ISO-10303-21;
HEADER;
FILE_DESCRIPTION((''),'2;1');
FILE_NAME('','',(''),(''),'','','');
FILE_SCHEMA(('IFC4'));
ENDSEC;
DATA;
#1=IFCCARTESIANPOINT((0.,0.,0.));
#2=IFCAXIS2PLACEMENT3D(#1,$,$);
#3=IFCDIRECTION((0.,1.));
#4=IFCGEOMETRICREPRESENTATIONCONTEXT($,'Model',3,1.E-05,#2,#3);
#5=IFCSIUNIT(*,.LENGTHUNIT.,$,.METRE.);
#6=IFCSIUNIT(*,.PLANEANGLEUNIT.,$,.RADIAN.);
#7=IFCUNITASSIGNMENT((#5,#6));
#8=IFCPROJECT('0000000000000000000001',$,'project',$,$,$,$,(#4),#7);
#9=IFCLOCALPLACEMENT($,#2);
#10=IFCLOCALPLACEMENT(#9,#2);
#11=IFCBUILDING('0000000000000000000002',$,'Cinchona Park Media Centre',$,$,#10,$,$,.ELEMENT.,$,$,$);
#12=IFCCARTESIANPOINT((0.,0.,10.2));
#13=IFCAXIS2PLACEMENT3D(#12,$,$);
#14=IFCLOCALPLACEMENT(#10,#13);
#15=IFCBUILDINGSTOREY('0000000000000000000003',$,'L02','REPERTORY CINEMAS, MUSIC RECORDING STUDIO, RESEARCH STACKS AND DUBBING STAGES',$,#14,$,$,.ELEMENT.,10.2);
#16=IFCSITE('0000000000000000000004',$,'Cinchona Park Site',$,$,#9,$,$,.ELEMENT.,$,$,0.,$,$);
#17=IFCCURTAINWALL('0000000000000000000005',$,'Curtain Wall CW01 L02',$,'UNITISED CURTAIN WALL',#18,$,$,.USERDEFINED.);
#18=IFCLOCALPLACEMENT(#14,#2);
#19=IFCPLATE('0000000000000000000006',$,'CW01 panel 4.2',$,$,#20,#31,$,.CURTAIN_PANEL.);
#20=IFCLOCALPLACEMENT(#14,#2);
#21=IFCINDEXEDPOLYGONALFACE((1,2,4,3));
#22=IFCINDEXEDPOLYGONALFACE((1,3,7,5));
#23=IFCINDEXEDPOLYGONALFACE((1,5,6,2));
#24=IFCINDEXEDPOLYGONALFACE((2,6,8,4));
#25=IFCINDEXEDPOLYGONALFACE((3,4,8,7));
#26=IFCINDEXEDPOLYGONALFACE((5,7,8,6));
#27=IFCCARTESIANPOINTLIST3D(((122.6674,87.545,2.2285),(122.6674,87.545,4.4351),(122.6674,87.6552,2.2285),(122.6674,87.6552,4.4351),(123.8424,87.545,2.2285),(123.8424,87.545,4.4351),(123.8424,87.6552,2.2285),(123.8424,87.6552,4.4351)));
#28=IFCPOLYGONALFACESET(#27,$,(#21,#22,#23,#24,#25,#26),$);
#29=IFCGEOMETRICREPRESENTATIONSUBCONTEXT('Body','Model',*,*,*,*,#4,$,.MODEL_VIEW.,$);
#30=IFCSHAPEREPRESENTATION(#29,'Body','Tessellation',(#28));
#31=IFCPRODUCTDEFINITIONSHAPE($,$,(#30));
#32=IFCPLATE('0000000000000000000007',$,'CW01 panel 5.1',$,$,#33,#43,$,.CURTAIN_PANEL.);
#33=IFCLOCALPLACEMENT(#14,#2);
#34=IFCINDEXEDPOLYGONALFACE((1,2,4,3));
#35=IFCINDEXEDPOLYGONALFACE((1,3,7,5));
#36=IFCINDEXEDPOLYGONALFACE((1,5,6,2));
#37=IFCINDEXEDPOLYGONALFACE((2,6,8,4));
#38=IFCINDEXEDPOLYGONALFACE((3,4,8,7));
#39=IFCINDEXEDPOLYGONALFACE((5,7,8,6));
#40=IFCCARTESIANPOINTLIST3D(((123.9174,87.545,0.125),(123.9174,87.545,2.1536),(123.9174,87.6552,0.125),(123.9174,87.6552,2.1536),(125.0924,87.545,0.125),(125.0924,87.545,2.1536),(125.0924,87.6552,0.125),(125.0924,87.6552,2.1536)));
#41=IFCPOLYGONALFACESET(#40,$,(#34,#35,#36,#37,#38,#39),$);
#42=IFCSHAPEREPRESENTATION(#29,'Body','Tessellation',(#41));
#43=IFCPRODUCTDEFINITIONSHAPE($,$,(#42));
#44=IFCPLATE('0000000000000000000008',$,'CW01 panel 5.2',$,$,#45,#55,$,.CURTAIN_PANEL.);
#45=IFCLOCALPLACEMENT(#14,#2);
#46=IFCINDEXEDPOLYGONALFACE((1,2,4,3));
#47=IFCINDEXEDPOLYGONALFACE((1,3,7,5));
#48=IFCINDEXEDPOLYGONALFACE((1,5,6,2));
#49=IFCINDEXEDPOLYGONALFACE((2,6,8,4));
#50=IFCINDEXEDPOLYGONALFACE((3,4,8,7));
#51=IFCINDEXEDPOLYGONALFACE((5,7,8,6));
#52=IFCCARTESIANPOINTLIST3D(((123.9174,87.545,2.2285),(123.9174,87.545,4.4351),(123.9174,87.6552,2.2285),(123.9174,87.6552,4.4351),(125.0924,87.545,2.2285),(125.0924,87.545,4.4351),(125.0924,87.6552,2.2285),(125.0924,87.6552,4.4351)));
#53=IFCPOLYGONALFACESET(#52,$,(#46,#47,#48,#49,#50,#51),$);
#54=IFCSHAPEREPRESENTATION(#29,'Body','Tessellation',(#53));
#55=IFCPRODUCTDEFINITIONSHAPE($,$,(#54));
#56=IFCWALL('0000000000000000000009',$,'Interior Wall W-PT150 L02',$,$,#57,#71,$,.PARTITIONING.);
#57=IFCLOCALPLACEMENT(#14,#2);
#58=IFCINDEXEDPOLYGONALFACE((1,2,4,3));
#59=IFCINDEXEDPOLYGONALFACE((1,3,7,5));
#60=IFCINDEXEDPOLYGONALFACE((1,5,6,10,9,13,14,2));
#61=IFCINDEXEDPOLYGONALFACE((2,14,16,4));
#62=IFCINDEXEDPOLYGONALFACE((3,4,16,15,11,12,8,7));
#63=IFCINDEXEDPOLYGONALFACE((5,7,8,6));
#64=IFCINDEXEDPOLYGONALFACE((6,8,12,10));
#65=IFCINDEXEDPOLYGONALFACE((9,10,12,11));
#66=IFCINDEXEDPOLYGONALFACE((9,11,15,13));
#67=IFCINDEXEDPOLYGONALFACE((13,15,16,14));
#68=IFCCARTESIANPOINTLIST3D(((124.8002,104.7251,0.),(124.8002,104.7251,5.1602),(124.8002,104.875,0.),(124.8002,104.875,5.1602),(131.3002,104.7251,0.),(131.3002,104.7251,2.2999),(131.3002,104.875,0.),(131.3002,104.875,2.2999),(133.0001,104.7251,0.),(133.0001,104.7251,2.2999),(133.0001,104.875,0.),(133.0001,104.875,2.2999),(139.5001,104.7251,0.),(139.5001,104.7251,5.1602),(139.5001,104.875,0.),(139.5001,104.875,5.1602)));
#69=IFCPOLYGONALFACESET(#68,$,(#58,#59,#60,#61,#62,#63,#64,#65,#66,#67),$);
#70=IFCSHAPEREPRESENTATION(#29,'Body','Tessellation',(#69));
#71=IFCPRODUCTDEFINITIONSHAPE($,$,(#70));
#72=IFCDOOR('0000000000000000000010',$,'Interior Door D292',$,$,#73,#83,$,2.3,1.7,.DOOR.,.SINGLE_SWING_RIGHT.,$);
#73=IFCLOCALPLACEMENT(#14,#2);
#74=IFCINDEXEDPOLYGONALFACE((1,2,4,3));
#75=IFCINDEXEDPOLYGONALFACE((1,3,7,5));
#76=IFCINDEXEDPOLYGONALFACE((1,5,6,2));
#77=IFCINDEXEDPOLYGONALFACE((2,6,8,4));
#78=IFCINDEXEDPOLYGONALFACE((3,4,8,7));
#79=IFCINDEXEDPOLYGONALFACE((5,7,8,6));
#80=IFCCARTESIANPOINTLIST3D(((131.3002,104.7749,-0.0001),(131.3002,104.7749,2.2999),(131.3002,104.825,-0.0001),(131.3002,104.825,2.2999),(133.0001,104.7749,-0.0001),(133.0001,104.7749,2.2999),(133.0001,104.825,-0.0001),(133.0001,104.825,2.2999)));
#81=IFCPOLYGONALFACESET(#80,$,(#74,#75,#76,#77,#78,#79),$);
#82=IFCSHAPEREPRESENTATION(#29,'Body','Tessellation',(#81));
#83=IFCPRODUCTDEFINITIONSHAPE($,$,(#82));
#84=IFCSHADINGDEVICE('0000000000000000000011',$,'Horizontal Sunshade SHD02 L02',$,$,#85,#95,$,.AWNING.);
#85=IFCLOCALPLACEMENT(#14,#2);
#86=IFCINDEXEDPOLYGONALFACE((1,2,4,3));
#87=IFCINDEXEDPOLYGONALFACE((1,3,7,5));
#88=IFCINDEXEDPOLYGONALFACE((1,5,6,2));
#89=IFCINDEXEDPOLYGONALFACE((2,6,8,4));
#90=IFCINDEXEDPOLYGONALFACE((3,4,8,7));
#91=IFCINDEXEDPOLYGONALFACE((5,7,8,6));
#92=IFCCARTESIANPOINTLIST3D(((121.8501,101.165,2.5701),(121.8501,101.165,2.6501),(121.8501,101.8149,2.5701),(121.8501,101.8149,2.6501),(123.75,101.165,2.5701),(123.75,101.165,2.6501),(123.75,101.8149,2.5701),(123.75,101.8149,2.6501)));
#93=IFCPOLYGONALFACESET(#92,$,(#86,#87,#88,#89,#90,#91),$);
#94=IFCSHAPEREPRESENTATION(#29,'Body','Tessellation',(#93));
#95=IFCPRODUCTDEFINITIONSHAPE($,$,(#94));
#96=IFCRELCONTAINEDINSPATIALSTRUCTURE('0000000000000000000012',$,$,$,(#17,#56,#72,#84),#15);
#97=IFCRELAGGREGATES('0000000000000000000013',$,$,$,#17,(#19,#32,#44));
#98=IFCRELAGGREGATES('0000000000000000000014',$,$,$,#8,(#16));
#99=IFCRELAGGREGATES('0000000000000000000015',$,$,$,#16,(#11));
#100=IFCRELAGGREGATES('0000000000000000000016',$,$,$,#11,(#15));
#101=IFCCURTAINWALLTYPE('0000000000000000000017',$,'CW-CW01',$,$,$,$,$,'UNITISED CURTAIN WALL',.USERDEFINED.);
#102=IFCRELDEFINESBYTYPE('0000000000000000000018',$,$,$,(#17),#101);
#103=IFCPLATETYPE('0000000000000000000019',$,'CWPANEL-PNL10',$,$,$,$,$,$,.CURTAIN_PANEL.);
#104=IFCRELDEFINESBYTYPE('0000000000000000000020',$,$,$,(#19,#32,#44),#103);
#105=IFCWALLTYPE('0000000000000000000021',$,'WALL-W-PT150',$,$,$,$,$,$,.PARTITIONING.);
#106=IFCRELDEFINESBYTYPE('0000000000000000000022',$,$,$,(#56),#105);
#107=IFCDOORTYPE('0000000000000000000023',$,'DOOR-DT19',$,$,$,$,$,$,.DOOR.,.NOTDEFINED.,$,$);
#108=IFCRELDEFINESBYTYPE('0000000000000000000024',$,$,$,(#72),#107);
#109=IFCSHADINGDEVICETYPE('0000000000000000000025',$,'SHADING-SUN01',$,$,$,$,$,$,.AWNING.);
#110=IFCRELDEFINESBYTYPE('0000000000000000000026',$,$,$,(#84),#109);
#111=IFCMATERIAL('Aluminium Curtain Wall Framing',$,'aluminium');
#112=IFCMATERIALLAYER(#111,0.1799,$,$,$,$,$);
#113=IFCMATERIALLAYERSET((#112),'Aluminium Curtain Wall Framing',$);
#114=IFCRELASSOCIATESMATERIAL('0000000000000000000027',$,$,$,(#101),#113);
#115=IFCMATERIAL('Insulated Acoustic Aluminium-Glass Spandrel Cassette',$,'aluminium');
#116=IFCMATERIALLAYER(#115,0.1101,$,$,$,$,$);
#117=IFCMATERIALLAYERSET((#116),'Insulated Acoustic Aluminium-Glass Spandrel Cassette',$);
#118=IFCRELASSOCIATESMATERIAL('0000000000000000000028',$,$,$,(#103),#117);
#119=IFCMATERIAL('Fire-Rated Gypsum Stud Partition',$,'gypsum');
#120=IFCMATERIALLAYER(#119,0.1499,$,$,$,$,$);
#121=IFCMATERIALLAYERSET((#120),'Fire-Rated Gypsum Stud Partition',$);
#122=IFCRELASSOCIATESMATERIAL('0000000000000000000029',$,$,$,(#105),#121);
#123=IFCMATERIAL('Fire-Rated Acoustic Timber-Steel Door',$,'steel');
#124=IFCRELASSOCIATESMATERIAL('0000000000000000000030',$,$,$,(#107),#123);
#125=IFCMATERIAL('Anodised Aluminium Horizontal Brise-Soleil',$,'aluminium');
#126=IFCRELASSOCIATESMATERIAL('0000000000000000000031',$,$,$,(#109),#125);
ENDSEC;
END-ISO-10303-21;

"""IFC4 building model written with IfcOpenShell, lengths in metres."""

from ifc_helpers import new_model, si_unit, direction, frame, frame_2d, origin, origin_2d, place, context, subcontext, project, spatial, rectangle, extrude, material, layer, layer_set, type_object, element, fill, aggregate, save


model = new_model("IFC4")

# Units and contexts
model_context = context("Model", 3, precision=1e-05, world=origin(), true_north=direction((0.0, 1.0)))
body_context = subcontext(model_context, "Body", "Model", "MODEL_VIEW")
ifc_project = project(units=[si_unit("LENGTHUNIT", "METRE"), si_unit("PLANEANGLEUNIT", "RADIAN")], contexts=[model_context])

# Site, building, storey
site_placement = place(None, origin())
site = spatial("IfcSite", under=ifc_project, at=site_placement, Name="Cinchona Park Site", CompositionType="ELEMENT", RefElevation=0.0)
building_placement = place(site_placement, origin())
building = spatial("IfcBuilding", under=site, at=building_placement, Name="Cinchona Park Media Centre", CompositionType="ELEMENT")
storey_placement = place(building_placement, frame((0.0, 0.0, 10.2)))
storey = spatial("IfcBuildingStorey", under=building, at=storey_placement, Name="L02", Description="REPERTORY CINEMAS, MUSIC RECORDING STUDIO, RESEARCH STACKS AND DUBBING STAGES", CompositionType="ELEMENT", Elevation=10.2)

# Curtain wall, plates
ifc_material_1 = material(Name="Aluminium Curtain Wall Framing", Category="aluminium")
ifc_layer_1 = layer(ifc_material_1, 0.1799)
ifc_layer_set_1 = layer_set([ifc_layer_1], Name="Aluminium Curtain Wall Framing")
curtain_wall_type = type_object("IfcCurtainWallType", Name="CW-CW01", ElementType="UNITISED CURTAIN WALL", PredefinedType="USERDEFINED", material=ifc_layer_set_1)
curtain_wall_placement = place(storey_placement, origin())
curtain_wall = element("IfcCurtainWall", 1, at=curtain_wall_placement, inside=storey, type_object=curtain_wall_type, Name="Curtain Wall CW01 L02", ObjectType="UNITISED CURTAIN WALL", PredefinedType="USERDEFINED")
ifc_material_2 = material(Name="Insulated Acoustic Aluminium-Glass Spandrel Cassette", Category="aluminium")
ifc_layer_2 = layer(ifc_material_2, 0.1101)
ifc_layer_set_2 = layer_set([ifc_layer_2], Name="Insulated Acoustic Aluminium-Glass Spandrel Cassette")
plate_type = type_object("IfcPlateType", Name="CWPANEL-PNL10", PredefinedType="CURTAIN_PANEL", material=ifc_layer_set_2)
plate_1_placement = place(storey_placement, frame((123.2549, 87.6001, 2.2285), z_axis=(0.0, 0.0, 1.0), x_axis=(1.0, 0.0, 0.0)))
plate_1 = element("IfcPlate", 2, at=plate_1_placement, type_object=plate_type, Name="CW01 panel 4.2", PredefinedType="CURTAIN_PANEL", context=body_context, shape_type="SweptSolid", body=[
    extrude(rectangle(XDim=1.175, YDim=0.1101, at=origin_2d()), origin(), (0.0, 0.0, 1.0), 2.2065),
])
plate_2_placement = place(storey_placement, frame((124.5049, 87.6001, 0.125), z_axis=(0.0, 0.0, 1.0), x_axis=(1.0, 0.0, 0.0)))
plate_2 = element("IfcPlate", 3, at=plate_2_placement, type_object=plate_type, Name="CW01 panel 5.1", PredefinedType="CURTAIN_PANEL", context=body_context, shape_type="SweptSolid", body=[
    extrude(rectangle(XDim=1.175, YDim=0.1101, at=origin_2d()), origin(), (0.0, 0.0, 1.0), 2.0286),
])
plate_3_placement = place(storey_placement, frame((124.5049, 87.6001, 2.2285), z_axis=(0.0, 0.0, 1.0), x_axis=(1.0, 0.0, 0.0)))
plate_3 = element("IfcPlate", 4, at=plate_3_placement, type_object=plate_type, Name="CW01 panel 5.2", PredefinedType="CURTAIN_PANEL", context=body_context, shape_type="SweptSolid", body=[
    extrude(rectangle(XDim=1.175, YDim=0.1101, at=origin_2d()), origin(), (0.0, 0.0, 1.0), 2.2065),
])
aggregate(curtain_wall, [plate_1, plate_2, plate_3])

# Wall, opening, door
ifc_material_3 = material(Name="Fire-Rated Gypsum Stud Partition", Category="gypsum")
ifc_layer_3 = layer(ifc_material_3, 0.1499)
ifc_layer_set_3 = layer_set([ifc_layer_3], Name="Fire-Rated Gypsum Stud Partition")
wall_type = type_object("IfcWallType", Name="WALL-W-PT150", PredefinedType="PARTITIONING", material=ifc_layer_set_3)
wall_placement = place(storey_placement, frame((124.8, 104.8, 0.0), z_axis=(0.0, 0.0, 1.0), x_axis=(1.0, 0.0, 0.0)))
wall = element("IfcWall", 5, at=wall_placement, inside=storey, type_object=wall_type, Name="Interior Wall W-PT150 L02", PredefinedType="PARTITIONING", context=body_context, shape_type="SweptSolid", body=[
    extrude(rectangle(XDim=14.7, YDim=0.1499, at=frame_2d((7.3501, 0.0))), origin(), (0.0, 0.0, 1.0), 5.1602),
])
opening_placement = place(wall_placement, frame((6.5, 0.0, 0.0)))
opening = element("IfcOpeningElement", 6, at=opening_placement, cuts=wall, PredefinedType="OPENING", context=body_context, shape_type="SweptSolid", body=[
    extrude(rectangle(XDim=1.7, YDim=2.3, at=frame_2d((0.8501, 1.1499))), frame((0.0, 0.085, 0.0), z_axis=(0.0, -1.0, 0.0), x_axis=(1.0, 0.0, 0.0)), (0.0, 0.0, 1.0), 0.1699),
])
ifc_material_4 = material(Name="Fire-Rated Acoustic Timber-Steel Door", Category="steel")
door_type = type_object("IfcDoorType", Name="DOOR-DT19", OperationType="NOTDEFINED", PredefinedType="DOOR", material=ifc_material_4)
door_placement = place(opening_placement, origin())
door = element("IfcDoor", 7, at=door_placement, inside=storey, type_object=door_type, Name="Interior Door D292", OperationType="SINGLE_SWING_RIGHT", OverallHeight=2.3, OverallWidth=1.7, PredefinedType="DOOR", context=body_context, shape_type="SweptSolid", body=[
    extrude(rectangle(XDim=1.7, YDim=2.3, at=frame_2d((0.8501, 1.1499))), frame((0.0, 0.0249, 0.0), z_axis=(0.0, -1.0, 0.0), x_axis=(1.0, 0.0, 0.0)), (0.0, 0.0, 1.0), 0.05),
])
fill(opening, door)

# Shading device
ifc_material_5 = material(Name="Anodised Aluminium Horizontal Brise-Soleil", Category="aluminium")
shading_device_type = type_object("IfcShadingDeviceType", Name="SHADING-SUN01", PredefinedType="AWNING", material=ifc_material_5)
shading_device_placement = place(storey_placement, frame((122.8, 101.49, 2.5701), z_axis=(0.0, 0.0, 1.0), x_axis=(-1.0, 0.0, 0.0)))
element("IfcShadingDevice", 8, at=shading_device_placement, inside=storey, type_object=shading_device_type, Name="Horizontal Sunshade SHD02 L02", PredefinedType="AWNING", context=body_context, shape_type="SweptSolid", body=[
    extrude(rectangle(XDim=1.8999, YDim=0.6499, at=origin_2d()), origin(), (0.0, 0.0, 1.0), 0.0801),
])

save(model, "model.ifc")
